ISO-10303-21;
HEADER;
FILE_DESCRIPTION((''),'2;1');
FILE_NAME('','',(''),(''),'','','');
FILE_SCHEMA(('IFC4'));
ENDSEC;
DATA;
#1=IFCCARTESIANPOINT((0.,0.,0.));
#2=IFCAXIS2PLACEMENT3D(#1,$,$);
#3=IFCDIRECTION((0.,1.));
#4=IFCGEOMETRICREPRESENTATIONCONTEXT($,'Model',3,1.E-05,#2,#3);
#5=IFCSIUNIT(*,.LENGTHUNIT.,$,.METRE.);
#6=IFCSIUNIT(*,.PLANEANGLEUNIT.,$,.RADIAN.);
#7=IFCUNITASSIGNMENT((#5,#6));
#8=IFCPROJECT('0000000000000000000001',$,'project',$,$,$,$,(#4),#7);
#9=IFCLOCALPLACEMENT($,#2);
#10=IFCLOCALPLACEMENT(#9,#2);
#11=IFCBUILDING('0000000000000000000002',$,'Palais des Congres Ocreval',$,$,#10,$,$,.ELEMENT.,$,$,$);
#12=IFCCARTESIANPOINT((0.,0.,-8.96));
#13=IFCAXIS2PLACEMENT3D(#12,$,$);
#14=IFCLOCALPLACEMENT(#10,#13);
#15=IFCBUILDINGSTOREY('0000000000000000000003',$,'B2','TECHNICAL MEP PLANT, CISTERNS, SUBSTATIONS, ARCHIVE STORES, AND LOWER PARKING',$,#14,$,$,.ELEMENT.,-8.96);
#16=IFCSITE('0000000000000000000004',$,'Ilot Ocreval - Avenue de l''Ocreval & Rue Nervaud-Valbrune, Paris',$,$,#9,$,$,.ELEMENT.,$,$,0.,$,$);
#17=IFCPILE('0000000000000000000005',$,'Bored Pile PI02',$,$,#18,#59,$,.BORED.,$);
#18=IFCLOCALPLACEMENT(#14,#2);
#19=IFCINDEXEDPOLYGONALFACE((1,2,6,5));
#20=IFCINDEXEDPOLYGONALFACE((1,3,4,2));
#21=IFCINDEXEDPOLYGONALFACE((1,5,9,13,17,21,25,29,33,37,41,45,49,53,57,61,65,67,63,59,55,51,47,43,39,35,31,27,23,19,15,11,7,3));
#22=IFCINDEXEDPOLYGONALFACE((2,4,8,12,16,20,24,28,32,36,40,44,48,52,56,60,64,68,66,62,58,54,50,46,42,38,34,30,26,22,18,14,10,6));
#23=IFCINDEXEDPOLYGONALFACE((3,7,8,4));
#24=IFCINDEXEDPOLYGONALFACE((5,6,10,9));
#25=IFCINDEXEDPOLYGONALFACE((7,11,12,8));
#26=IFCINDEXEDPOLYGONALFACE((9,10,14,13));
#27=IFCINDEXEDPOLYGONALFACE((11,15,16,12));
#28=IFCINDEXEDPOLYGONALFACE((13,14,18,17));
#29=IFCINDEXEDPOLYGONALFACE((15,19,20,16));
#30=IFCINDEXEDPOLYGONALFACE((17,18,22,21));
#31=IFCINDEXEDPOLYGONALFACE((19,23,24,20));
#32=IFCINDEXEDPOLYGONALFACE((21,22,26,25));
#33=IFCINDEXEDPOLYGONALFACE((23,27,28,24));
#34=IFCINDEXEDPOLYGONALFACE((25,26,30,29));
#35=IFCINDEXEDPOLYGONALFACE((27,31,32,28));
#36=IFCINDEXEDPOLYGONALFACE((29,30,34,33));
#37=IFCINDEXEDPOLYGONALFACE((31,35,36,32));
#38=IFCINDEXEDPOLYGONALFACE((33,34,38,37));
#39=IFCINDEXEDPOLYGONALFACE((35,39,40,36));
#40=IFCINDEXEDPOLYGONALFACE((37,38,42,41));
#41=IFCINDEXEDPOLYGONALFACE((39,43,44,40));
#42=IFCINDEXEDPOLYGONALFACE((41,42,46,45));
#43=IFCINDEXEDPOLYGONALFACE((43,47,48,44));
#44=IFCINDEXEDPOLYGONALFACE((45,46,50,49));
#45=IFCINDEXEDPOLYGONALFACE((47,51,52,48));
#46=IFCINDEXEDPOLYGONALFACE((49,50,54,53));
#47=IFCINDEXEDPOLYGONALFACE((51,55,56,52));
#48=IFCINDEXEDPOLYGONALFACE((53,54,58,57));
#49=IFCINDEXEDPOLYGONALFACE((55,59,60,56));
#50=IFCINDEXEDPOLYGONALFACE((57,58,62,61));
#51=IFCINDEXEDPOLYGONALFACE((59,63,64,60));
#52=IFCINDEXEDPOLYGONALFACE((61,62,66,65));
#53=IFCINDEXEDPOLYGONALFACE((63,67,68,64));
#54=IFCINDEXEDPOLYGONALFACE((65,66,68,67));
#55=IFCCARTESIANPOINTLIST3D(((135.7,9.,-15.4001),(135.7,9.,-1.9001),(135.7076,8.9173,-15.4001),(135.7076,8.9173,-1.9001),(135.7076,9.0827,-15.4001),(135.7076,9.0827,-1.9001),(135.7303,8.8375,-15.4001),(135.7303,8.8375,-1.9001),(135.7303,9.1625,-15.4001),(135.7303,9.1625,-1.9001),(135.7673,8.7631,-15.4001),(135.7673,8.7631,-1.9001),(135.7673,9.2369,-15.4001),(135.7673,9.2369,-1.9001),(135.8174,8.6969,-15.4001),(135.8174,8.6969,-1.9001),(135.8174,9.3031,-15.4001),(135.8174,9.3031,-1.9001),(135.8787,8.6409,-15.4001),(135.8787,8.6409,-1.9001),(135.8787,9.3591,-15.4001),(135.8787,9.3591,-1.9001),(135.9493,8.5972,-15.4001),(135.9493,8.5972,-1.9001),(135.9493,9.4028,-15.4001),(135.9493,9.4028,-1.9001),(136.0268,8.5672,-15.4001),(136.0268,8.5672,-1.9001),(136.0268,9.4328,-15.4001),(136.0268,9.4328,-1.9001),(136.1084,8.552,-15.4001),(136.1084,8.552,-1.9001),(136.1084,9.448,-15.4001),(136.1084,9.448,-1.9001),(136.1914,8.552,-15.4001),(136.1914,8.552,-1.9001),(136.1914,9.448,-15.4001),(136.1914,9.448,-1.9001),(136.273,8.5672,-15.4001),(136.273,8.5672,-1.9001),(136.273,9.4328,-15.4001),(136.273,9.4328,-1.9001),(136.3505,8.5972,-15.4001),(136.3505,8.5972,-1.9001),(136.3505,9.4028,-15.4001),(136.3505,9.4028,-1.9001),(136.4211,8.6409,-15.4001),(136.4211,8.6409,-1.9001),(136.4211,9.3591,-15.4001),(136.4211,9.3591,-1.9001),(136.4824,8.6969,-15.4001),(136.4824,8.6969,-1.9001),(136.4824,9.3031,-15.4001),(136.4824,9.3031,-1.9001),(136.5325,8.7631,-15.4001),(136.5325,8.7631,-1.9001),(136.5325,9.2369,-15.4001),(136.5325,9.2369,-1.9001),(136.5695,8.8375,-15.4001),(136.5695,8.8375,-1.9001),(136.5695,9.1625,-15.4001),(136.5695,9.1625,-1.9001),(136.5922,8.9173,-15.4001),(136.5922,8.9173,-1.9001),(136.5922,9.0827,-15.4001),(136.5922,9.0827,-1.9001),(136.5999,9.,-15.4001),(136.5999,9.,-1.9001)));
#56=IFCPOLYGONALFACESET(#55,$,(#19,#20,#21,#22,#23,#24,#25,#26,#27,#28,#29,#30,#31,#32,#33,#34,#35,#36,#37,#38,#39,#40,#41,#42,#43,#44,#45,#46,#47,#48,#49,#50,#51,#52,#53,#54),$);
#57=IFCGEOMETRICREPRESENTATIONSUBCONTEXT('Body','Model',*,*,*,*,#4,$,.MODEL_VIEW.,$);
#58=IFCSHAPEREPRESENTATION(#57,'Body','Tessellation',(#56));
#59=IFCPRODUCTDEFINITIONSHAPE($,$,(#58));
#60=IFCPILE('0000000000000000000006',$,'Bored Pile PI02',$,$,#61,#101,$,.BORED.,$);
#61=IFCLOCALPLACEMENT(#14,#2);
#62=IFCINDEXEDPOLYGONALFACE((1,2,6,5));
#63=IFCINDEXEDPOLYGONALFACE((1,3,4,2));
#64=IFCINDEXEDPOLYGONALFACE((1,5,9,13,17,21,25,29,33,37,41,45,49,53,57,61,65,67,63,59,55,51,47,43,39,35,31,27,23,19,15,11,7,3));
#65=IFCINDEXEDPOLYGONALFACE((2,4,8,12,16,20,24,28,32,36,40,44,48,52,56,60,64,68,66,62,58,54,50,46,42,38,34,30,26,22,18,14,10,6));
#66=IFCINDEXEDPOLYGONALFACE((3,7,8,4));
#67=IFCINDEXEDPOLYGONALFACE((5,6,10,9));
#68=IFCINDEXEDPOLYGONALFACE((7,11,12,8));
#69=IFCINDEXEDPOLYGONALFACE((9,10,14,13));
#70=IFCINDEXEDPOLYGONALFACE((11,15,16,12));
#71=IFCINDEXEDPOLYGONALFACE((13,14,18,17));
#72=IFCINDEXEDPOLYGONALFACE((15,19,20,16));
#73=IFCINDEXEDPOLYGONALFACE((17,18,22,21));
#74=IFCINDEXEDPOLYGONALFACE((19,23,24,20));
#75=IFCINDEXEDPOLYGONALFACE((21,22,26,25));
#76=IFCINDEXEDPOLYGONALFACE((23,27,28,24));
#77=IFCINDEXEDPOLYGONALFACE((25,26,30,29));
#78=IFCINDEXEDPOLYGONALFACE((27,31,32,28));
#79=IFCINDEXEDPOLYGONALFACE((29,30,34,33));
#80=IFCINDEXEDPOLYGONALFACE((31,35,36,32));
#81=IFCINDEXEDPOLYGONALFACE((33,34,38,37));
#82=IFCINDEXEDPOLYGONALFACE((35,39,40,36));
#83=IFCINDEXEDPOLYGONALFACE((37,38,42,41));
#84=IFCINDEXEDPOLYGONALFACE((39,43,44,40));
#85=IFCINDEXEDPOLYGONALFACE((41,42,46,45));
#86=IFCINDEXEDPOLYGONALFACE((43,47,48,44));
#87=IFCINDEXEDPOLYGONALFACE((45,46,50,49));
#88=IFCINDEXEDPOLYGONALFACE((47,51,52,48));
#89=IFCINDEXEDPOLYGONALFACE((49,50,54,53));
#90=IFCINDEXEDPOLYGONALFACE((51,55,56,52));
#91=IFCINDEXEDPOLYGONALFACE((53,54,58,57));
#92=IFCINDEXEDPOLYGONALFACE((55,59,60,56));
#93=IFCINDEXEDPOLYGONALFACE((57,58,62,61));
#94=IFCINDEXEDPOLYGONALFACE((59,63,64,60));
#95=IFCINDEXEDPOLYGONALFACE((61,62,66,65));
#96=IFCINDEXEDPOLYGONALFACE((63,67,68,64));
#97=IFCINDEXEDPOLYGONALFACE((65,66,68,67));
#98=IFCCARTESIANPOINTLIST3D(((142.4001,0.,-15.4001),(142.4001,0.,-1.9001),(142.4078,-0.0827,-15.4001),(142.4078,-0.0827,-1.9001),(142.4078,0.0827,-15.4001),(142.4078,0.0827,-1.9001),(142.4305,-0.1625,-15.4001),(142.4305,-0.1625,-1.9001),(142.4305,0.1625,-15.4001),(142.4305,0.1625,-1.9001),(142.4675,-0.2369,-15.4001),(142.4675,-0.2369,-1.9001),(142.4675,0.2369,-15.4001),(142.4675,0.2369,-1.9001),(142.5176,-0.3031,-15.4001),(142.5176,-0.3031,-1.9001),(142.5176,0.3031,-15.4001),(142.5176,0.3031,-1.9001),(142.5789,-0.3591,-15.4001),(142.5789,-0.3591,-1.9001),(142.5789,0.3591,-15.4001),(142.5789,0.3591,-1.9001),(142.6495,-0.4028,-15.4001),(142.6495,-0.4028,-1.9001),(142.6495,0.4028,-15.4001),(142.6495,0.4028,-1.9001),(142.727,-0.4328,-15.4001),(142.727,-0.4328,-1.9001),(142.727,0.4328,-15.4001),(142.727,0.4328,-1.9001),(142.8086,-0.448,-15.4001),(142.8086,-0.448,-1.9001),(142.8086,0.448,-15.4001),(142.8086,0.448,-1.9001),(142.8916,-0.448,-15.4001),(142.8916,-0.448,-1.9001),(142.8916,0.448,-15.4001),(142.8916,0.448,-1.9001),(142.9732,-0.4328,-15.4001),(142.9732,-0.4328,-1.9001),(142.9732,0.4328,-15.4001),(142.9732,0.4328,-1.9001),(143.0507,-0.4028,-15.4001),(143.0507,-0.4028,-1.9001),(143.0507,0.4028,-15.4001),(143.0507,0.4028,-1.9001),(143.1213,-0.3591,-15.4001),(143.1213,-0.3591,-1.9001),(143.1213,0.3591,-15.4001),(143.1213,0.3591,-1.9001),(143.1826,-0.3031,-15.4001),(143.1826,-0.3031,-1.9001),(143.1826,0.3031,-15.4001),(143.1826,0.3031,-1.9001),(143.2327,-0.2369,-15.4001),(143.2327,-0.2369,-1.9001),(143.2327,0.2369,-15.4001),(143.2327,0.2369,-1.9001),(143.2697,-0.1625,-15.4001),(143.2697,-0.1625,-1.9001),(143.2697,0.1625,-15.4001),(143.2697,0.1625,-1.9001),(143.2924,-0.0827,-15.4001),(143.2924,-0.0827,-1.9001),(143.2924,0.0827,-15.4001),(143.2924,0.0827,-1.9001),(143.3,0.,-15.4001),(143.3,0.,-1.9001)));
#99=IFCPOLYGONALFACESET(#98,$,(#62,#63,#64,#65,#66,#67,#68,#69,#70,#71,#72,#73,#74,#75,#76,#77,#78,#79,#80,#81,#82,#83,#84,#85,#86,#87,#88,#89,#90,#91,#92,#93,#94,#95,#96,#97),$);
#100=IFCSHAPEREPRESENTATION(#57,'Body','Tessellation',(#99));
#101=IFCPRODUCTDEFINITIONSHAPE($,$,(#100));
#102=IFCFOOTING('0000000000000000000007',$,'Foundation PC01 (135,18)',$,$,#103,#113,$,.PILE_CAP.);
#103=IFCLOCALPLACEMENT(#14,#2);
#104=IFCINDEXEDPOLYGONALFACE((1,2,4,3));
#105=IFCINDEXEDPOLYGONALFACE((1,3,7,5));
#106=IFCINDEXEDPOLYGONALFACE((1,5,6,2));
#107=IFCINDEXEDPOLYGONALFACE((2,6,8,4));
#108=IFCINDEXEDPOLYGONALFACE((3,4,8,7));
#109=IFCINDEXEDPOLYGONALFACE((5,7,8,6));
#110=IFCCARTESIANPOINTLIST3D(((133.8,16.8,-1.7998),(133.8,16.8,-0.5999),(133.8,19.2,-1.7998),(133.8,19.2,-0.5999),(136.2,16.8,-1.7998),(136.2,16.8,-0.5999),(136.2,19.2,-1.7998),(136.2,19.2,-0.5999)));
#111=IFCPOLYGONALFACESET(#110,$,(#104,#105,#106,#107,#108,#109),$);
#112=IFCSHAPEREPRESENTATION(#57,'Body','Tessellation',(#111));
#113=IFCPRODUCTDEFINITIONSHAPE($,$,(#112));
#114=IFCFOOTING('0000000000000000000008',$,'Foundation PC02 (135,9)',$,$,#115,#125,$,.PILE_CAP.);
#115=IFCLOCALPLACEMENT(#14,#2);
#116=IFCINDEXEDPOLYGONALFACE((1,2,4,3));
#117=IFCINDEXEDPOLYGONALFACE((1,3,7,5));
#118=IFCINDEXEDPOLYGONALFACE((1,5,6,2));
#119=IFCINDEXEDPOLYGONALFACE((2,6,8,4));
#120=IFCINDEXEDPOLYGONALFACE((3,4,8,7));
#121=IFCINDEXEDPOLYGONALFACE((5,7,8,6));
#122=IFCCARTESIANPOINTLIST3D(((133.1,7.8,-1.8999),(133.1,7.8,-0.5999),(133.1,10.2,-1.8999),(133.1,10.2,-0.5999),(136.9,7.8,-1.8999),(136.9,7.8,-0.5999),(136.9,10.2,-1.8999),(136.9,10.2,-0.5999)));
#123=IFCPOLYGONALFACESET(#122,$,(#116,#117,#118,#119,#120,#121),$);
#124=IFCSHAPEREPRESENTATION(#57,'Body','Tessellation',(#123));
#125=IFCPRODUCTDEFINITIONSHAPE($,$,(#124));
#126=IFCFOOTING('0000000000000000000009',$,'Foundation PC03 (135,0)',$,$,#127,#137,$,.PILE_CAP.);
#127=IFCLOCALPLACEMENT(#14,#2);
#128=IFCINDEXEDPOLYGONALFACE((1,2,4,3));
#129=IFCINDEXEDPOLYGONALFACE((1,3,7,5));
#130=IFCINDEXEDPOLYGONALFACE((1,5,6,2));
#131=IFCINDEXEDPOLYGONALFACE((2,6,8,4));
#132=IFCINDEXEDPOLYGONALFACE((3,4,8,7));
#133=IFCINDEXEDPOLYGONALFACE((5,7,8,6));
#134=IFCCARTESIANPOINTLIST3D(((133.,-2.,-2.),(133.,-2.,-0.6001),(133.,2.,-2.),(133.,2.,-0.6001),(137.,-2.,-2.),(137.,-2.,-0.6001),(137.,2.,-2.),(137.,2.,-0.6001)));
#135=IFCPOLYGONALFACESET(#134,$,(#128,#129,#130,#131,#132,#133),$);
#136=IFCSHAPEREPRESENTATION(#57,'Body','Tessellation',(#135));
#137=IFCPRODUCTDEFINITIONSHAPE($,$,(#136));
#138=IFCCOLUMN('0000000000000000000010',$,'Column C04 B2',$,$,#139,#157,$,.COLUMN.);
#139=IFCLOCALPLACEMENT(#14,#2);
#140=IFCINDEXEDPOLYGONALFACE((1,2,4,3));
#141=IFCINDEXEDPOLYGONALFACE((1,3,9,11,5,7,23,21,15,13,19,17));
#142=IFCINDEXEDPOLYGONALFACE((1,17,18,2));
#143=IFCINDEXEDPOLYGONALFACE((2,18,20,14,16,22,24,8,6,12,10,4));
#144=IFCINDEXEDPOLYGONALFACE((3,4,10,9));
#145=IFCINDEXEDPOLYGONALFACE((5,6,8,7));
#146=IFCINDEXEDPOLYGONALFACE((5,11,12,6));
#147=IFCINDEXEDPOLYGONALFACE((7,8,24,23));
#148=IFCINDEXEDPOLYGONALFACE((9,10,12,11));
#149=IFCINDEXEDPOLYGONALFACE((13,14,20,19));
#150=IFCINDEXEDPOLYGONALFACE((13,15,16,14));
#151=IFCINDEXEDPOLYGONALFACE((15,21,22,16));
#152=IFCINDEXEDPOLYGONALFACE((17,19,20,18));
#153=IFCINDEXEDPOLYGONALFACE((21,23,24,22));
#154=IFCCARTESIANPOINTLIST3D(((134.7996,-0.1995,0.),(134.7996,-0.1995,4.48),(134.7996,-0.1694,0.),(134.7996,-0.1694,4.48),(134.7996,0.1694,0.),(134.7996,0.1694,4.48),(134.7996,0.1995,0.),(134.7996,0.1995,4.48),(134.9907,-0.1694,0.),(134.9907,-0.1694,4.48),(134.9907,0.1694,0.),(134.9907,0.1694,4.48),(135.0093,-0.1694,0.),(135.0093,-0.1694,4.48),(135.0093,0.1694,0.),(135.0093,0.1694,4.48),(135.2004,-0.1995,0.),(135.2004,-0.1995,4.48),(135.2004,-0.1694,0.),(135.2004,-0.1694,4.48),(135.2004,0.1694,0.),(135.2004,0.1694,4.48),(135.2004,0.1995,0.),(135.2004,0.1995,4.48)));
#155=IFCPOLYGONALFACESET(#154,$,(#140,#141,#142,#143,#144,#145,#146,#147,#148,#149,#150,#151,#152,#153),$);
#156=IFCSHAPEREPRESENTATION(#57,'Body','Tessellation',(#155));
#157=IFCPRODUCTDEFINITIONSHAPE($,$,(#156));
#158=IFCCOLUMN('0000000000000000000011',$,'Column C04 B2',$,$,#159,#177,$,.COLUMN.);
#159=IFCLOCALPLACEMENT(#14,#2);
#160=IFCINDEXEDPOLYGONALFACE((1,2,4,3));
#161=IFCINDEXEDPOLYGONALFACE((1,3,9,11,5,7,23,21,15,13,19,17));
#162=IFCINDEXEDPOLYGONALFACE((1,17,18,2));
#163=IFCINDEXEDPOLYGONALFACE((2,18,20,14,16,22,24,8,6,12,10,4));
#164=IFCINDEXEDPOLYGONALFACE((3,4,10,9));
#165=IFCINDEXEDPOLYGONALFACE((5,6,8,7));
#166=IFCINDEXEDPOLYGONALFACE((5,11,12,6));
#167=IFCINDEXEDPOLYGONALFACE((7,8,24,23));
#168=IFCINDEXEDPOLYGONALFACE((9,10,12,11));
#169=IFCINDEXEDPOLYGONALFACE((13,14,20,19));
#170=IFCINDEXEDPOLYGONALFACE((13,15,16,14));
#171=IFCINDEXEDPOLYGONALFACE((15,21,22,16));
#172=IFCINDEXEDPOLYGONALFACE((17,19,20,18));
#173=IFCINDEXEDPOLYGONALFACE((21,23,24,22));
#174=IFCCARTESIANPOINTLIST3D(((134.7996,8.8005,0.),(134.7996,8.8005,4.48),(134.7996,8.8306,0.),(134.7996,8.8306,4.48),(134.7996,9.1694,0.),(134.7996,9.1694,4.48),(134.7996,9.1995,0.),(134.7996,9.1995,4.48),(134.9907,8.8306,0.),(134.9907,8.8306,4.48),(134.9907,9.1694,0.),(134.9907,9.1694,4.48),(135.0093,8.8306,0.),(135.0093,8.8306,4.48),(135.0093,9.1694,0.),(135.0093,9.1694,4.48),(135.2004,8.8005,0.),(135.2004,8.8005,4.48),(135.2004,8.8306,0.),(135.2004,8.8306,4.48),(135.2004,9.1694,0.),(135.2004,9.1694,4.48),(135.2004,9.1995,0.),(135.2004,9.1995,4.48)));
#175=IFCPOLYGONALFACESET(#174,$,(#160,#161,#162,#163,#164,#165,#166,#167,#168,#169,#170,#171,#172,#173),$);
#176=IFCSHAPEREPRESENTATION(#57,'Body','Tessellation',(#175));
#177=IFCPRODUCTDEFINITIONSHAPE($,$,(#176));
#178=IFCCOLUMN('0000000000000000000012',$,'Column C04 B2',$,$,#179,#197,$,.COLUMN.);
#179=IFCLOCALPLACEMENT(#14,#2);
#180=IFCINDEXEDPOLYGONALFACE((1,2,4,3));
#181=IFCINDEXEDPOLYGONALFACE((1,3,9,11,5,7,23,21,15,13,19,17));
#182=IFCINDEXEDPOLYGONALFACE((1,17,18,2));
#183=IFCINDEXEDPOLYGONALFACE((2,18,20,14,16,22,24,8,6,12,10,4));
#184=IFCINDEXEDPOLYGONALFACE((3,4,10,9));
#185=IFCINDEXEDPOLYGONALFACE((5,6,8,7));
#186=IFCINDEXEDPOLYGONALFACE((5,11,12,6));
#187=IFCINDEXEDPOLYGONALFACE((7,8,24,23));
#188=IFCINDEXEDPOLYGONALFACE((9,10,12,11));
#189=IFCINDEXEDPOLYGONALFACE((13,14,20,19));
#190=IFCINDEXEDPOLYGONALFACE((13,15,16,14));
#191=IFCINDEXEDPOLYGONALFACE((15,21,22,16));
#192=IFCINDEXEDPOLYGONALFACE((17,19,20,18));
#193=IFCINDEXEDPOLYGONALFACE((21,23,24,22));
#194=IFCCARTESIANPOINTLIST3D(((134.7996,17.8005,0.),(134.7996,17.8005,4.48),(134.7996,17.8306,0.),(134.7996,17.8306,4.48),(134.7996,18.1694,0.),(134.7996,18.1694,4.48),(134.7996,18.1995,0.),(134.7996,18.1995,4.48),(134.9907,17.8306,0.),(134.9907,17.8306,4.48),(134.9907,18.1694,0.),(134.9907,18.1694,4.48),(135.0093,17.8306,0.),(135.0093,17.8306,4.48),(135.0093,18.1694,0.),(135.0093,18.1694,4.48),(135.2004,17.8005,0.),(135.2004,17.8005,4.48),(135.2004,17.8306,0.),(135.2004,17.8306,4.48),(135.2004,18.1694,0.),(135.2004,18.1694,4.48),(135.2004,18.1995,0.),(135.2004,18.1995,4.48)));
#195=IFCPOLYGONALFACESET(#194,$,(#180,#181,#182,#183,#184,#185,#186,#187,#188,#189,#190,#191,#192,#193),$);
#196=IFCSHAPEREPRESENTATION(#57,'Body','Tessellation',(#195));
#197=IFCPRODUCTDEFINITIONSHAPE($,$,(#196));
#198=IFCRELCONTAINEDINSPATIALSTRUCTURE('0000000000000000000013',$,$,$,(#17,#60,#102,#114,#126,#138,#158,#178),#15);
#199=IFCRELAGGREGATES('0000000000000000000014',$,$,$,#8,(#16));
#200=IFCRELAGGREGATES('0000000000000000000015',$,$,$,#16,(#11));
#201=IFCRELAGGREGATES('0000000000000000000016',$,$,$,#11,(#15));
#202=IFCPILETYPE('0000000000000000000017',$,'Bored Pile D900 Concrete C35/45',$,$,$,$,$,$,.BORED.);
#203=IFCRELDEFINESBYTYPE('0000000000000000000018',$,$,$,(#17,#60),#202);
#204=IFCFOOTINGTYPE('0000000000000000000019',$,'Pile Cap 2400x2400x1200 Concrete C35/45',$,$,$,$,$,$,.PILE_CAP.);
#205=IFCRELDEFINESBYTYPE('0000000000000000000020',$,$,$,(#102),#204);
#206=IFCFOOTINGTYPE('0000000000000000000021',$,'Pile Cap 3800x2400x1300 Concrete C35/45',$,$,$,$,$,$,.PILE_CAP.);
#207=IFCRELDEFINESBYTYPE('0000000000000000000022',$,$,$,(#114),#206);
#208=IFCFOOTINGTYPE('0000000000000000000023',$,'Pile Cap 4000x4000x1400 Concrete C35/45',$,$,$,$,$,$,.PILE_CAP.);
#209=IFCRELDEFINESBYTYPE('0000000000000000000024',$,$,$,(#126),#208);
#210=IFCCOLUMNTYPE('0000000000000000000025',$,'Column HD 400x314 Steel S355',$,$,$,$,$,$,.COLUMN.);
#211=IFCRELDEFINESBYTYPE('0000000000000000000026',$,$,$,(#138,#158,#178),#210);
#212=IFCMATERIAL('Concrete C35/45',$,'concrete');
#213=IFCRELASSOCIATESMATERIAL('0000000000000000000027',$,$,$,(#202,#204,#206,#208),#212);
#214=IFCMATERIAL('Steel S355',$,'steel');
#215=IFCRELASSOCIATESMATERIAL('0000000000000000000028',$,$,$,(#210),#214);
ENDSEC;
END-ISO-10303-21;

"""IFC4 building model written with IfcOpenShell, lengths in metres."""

from ifc_helpers import new_model, si_unit, direction, frame, origin, origin_2d, place, context, subcontext, project, spatial, rectangle, circle, i_section, extrude, material, material_profile, profile_set, type_object, element, save


model = new_model("IFC4")

# Units and contexts
model_context = context("Model", 3, precision=1e-05, world=origin(), true_north=direction((0.0, 1.0)))
body_context = subcontext(model_context, "Body", "Model", "MODEL_VIEW")
ifc_project = project(units=[si_unit("LENGTHUNIT", "METRE"), si_unit("PLANEANGLEUNIT", "RADIAN")], contexts=[model_context])

# Site, building, storey
site_placement = place(None, origin())
site = spatial("IfcSite", under=ifc_project, at=site_placement, Name="Ilot Ocreval - Avenue de l'Ocreval & Rue Nervaud-Valbrune, Paris", CompositionType="ELEMENT", RefElevation=0.0)
building_placement = place(site_placement, origin())
building = spatial("IfcBuilding", under=site, at=building_placement, Name="Palais des Congres Ocreval", CompositionType="ELEMENT")
storey_placement = place(building_placement, frame((0.0, 0.0, -8.96)))
storey = spatial("IfcBuildingStorey", under=building, at=storey_placement, Name="B2", Description="TECHNICAL MEP PLANT, CISTERNS, SUBSTATIONS, ARCHIVE STORES, AND LOWER PARKING", CompositionType="ELEMENT", Elevation=-8.96)

# Piles
ifc_material_1 = material(Name="Concrete C35/45", Category="concrete")
ifc_material_profile_1 = material_profile(ifc_material_1, circle(Radius=0.45, at=origin_2d()), Name="BORED PILE 900")
ifc_profile_set_1 = profile_set([ifc_material_profile_1], Name="Concrete C35/45")
pile_type_1 = type_object("IfcPileType", Name="Bored Pile D900 Concrete C35/45", PredefinedType="BORED", material=ifc_profile_set_1)
for number, where, z_axis, x_axis, name in (
    (1, (136.1499, 9.0, -1.9001), (0.0, 0.0, -1.0), (1.0, 0.0, 0.0), "Bored Pile PI02"),
    (2, (142.8501, 0.0, -1.9001), (0.0, 0.0, -1.0), (1.0, 0.0, 0.0), "Bored Pile PI02"),
):
    element("IfcPile", number, at=place(storey_placement, frame(where, z_axis=z_axis, x_axis=x_axis)), inside=storey, type_object=pile_type_1, Name=name, PredefinedType="BORED", context=body_context, shape_type="SweptSolid", body=[
        extrude(circle(Radius=0.45, at=origin_2d()), origin(), (0.0, 0.0, 1.0), 13.5),
    ])

# Footings
footing_type_1 = type_object("IfcFootingType", Name="Pile Cap 2400x2400x1200 Concrete C35/45", PredefinedType="PILE_CAP", material=ifc_material_1)
footing_1_placement = place(storey_placement, frame((135.0, 18.0, -1.7998), z_axis=(0.0, 0.0, 1.0), x_axis=(1.0, 0.0, 0.0)))
element("IfcFooting", 3, at=footing_1_placement, inside=storey, type_object=footing_type_1, Name="Foundation PC01 (135,18)", PredefinedType="PILE_CAP", context=body_context, shape_type="SweptSolid", body=[
    extrude(rectangle(XDim=2.3999, YDim=2.3999, at=origin_2d()), origin(), (0.0, 0.0, 1.0), 1.2),
])
footing_type_2 = type_object("IfcFootingType", Name="Pile Cap 3800x2400x1300 Concrete C35/45", PredefinedType="PILE_CAP", material=ifc_material_1)
footing_2_placement = place(storey_placement, frame((135.0, 9.0, -1.8999), z_axis=(0.0, 0.0, 1.0), x_axis=(1.0, 0.0, 0.0)))
element("IfcFooting", 4, at=footing_2_placement, inside=storey, type_object=footing_type_2, Name="Foundation PC02 (135,9)", PredefinedType="PILE_CAP", context=body_context, shape_type="SweptSolid", body=[
    extrude(rectangle(XDim=3.8, YDim=2.3999, at=origin_2d()), origin(), (0.0, 0.0, 1.0), 1.3),
])
footing_type_3 = type_object("IfcFootingType", Name="Pile Cap 4000x4000x1400 Concrete C35/45", PredefinedType="PILE_CAP", material=ifc_material_1)
footing_3_placement = place(storey_placement, frame((135.0, 0.0, -2.0), z_axis=(0.0, 0.0, 1.0), x_axis=(1.0, 0.0, 0.0)))
element("IfcFooting", 5, at=footing_3_placement, inside=storey, type_object=footing_type_3, Name="Foundation PC03 (135,0)", PredefinedType="PILE_CAP", context=body_context, shape_type="SweptSolid", body=[
    extrude(rectangle(XDim=4.0, YDim=4.0, at=origin_2d()), origin(), (0.0, 0.0, 1.0), 1.3999),
])

# Columns
ifc_material_2 = material(Name="Steel S355", Category="steel")
ifc_material_profile_2 = material_profile(ifc_material_2, i_section(OverallWidth=0.4009, OverallDepth=0.3989, WebThickness=0.0186, FlangeThickness=0.03, at=origin_2d()), Name="HD 400x314")
ifc_profile_set_2 = profile_set([ifc_material_profile_2], Name="Steel S355")
column_type = type_object("IfcColumnType", Name="Column HD 400x314 Steel S355", PredefinedType="COLUMN", material=ifc_profile_set_2)
for number, where, z_axis, x_axis, name in (
    (6, (135.0, 0.0, 0.0), (0.0, 0.0, 1.0), (1.0, 0.0, 0.0), "Column C04 B2"),
    (7, (135.0, 9.0, 0.0), (0.0, 0.0, 1.0), (1.0, 0.0, 0.0), "Column C04 B2"),
    (8, (135.0, 18.0, 0.0), (0.0, 0.0, 1.0), (1.0, 0.0, 0.0), "Column C04 B2"),
):
    element("IfcColumn", number, at=place(storey_placement, frame(where, z_axis=z_axis, x_axis=x_axis)), inside=storey, type_object=column_type, Name=name, PredefinedType="COLUMN", context=body_context, shape_type="SweptSolid", body=[
        extrude(i_section(OverallWidth=0.4009, OverallDepth=0.3989, WebThickness=0.0186, FlangeThickness=0.03, at=origin_2d()), origin(), (0.0, 0.0, 1.0), 4.48),
    ])

save(model, "model.ifc")
